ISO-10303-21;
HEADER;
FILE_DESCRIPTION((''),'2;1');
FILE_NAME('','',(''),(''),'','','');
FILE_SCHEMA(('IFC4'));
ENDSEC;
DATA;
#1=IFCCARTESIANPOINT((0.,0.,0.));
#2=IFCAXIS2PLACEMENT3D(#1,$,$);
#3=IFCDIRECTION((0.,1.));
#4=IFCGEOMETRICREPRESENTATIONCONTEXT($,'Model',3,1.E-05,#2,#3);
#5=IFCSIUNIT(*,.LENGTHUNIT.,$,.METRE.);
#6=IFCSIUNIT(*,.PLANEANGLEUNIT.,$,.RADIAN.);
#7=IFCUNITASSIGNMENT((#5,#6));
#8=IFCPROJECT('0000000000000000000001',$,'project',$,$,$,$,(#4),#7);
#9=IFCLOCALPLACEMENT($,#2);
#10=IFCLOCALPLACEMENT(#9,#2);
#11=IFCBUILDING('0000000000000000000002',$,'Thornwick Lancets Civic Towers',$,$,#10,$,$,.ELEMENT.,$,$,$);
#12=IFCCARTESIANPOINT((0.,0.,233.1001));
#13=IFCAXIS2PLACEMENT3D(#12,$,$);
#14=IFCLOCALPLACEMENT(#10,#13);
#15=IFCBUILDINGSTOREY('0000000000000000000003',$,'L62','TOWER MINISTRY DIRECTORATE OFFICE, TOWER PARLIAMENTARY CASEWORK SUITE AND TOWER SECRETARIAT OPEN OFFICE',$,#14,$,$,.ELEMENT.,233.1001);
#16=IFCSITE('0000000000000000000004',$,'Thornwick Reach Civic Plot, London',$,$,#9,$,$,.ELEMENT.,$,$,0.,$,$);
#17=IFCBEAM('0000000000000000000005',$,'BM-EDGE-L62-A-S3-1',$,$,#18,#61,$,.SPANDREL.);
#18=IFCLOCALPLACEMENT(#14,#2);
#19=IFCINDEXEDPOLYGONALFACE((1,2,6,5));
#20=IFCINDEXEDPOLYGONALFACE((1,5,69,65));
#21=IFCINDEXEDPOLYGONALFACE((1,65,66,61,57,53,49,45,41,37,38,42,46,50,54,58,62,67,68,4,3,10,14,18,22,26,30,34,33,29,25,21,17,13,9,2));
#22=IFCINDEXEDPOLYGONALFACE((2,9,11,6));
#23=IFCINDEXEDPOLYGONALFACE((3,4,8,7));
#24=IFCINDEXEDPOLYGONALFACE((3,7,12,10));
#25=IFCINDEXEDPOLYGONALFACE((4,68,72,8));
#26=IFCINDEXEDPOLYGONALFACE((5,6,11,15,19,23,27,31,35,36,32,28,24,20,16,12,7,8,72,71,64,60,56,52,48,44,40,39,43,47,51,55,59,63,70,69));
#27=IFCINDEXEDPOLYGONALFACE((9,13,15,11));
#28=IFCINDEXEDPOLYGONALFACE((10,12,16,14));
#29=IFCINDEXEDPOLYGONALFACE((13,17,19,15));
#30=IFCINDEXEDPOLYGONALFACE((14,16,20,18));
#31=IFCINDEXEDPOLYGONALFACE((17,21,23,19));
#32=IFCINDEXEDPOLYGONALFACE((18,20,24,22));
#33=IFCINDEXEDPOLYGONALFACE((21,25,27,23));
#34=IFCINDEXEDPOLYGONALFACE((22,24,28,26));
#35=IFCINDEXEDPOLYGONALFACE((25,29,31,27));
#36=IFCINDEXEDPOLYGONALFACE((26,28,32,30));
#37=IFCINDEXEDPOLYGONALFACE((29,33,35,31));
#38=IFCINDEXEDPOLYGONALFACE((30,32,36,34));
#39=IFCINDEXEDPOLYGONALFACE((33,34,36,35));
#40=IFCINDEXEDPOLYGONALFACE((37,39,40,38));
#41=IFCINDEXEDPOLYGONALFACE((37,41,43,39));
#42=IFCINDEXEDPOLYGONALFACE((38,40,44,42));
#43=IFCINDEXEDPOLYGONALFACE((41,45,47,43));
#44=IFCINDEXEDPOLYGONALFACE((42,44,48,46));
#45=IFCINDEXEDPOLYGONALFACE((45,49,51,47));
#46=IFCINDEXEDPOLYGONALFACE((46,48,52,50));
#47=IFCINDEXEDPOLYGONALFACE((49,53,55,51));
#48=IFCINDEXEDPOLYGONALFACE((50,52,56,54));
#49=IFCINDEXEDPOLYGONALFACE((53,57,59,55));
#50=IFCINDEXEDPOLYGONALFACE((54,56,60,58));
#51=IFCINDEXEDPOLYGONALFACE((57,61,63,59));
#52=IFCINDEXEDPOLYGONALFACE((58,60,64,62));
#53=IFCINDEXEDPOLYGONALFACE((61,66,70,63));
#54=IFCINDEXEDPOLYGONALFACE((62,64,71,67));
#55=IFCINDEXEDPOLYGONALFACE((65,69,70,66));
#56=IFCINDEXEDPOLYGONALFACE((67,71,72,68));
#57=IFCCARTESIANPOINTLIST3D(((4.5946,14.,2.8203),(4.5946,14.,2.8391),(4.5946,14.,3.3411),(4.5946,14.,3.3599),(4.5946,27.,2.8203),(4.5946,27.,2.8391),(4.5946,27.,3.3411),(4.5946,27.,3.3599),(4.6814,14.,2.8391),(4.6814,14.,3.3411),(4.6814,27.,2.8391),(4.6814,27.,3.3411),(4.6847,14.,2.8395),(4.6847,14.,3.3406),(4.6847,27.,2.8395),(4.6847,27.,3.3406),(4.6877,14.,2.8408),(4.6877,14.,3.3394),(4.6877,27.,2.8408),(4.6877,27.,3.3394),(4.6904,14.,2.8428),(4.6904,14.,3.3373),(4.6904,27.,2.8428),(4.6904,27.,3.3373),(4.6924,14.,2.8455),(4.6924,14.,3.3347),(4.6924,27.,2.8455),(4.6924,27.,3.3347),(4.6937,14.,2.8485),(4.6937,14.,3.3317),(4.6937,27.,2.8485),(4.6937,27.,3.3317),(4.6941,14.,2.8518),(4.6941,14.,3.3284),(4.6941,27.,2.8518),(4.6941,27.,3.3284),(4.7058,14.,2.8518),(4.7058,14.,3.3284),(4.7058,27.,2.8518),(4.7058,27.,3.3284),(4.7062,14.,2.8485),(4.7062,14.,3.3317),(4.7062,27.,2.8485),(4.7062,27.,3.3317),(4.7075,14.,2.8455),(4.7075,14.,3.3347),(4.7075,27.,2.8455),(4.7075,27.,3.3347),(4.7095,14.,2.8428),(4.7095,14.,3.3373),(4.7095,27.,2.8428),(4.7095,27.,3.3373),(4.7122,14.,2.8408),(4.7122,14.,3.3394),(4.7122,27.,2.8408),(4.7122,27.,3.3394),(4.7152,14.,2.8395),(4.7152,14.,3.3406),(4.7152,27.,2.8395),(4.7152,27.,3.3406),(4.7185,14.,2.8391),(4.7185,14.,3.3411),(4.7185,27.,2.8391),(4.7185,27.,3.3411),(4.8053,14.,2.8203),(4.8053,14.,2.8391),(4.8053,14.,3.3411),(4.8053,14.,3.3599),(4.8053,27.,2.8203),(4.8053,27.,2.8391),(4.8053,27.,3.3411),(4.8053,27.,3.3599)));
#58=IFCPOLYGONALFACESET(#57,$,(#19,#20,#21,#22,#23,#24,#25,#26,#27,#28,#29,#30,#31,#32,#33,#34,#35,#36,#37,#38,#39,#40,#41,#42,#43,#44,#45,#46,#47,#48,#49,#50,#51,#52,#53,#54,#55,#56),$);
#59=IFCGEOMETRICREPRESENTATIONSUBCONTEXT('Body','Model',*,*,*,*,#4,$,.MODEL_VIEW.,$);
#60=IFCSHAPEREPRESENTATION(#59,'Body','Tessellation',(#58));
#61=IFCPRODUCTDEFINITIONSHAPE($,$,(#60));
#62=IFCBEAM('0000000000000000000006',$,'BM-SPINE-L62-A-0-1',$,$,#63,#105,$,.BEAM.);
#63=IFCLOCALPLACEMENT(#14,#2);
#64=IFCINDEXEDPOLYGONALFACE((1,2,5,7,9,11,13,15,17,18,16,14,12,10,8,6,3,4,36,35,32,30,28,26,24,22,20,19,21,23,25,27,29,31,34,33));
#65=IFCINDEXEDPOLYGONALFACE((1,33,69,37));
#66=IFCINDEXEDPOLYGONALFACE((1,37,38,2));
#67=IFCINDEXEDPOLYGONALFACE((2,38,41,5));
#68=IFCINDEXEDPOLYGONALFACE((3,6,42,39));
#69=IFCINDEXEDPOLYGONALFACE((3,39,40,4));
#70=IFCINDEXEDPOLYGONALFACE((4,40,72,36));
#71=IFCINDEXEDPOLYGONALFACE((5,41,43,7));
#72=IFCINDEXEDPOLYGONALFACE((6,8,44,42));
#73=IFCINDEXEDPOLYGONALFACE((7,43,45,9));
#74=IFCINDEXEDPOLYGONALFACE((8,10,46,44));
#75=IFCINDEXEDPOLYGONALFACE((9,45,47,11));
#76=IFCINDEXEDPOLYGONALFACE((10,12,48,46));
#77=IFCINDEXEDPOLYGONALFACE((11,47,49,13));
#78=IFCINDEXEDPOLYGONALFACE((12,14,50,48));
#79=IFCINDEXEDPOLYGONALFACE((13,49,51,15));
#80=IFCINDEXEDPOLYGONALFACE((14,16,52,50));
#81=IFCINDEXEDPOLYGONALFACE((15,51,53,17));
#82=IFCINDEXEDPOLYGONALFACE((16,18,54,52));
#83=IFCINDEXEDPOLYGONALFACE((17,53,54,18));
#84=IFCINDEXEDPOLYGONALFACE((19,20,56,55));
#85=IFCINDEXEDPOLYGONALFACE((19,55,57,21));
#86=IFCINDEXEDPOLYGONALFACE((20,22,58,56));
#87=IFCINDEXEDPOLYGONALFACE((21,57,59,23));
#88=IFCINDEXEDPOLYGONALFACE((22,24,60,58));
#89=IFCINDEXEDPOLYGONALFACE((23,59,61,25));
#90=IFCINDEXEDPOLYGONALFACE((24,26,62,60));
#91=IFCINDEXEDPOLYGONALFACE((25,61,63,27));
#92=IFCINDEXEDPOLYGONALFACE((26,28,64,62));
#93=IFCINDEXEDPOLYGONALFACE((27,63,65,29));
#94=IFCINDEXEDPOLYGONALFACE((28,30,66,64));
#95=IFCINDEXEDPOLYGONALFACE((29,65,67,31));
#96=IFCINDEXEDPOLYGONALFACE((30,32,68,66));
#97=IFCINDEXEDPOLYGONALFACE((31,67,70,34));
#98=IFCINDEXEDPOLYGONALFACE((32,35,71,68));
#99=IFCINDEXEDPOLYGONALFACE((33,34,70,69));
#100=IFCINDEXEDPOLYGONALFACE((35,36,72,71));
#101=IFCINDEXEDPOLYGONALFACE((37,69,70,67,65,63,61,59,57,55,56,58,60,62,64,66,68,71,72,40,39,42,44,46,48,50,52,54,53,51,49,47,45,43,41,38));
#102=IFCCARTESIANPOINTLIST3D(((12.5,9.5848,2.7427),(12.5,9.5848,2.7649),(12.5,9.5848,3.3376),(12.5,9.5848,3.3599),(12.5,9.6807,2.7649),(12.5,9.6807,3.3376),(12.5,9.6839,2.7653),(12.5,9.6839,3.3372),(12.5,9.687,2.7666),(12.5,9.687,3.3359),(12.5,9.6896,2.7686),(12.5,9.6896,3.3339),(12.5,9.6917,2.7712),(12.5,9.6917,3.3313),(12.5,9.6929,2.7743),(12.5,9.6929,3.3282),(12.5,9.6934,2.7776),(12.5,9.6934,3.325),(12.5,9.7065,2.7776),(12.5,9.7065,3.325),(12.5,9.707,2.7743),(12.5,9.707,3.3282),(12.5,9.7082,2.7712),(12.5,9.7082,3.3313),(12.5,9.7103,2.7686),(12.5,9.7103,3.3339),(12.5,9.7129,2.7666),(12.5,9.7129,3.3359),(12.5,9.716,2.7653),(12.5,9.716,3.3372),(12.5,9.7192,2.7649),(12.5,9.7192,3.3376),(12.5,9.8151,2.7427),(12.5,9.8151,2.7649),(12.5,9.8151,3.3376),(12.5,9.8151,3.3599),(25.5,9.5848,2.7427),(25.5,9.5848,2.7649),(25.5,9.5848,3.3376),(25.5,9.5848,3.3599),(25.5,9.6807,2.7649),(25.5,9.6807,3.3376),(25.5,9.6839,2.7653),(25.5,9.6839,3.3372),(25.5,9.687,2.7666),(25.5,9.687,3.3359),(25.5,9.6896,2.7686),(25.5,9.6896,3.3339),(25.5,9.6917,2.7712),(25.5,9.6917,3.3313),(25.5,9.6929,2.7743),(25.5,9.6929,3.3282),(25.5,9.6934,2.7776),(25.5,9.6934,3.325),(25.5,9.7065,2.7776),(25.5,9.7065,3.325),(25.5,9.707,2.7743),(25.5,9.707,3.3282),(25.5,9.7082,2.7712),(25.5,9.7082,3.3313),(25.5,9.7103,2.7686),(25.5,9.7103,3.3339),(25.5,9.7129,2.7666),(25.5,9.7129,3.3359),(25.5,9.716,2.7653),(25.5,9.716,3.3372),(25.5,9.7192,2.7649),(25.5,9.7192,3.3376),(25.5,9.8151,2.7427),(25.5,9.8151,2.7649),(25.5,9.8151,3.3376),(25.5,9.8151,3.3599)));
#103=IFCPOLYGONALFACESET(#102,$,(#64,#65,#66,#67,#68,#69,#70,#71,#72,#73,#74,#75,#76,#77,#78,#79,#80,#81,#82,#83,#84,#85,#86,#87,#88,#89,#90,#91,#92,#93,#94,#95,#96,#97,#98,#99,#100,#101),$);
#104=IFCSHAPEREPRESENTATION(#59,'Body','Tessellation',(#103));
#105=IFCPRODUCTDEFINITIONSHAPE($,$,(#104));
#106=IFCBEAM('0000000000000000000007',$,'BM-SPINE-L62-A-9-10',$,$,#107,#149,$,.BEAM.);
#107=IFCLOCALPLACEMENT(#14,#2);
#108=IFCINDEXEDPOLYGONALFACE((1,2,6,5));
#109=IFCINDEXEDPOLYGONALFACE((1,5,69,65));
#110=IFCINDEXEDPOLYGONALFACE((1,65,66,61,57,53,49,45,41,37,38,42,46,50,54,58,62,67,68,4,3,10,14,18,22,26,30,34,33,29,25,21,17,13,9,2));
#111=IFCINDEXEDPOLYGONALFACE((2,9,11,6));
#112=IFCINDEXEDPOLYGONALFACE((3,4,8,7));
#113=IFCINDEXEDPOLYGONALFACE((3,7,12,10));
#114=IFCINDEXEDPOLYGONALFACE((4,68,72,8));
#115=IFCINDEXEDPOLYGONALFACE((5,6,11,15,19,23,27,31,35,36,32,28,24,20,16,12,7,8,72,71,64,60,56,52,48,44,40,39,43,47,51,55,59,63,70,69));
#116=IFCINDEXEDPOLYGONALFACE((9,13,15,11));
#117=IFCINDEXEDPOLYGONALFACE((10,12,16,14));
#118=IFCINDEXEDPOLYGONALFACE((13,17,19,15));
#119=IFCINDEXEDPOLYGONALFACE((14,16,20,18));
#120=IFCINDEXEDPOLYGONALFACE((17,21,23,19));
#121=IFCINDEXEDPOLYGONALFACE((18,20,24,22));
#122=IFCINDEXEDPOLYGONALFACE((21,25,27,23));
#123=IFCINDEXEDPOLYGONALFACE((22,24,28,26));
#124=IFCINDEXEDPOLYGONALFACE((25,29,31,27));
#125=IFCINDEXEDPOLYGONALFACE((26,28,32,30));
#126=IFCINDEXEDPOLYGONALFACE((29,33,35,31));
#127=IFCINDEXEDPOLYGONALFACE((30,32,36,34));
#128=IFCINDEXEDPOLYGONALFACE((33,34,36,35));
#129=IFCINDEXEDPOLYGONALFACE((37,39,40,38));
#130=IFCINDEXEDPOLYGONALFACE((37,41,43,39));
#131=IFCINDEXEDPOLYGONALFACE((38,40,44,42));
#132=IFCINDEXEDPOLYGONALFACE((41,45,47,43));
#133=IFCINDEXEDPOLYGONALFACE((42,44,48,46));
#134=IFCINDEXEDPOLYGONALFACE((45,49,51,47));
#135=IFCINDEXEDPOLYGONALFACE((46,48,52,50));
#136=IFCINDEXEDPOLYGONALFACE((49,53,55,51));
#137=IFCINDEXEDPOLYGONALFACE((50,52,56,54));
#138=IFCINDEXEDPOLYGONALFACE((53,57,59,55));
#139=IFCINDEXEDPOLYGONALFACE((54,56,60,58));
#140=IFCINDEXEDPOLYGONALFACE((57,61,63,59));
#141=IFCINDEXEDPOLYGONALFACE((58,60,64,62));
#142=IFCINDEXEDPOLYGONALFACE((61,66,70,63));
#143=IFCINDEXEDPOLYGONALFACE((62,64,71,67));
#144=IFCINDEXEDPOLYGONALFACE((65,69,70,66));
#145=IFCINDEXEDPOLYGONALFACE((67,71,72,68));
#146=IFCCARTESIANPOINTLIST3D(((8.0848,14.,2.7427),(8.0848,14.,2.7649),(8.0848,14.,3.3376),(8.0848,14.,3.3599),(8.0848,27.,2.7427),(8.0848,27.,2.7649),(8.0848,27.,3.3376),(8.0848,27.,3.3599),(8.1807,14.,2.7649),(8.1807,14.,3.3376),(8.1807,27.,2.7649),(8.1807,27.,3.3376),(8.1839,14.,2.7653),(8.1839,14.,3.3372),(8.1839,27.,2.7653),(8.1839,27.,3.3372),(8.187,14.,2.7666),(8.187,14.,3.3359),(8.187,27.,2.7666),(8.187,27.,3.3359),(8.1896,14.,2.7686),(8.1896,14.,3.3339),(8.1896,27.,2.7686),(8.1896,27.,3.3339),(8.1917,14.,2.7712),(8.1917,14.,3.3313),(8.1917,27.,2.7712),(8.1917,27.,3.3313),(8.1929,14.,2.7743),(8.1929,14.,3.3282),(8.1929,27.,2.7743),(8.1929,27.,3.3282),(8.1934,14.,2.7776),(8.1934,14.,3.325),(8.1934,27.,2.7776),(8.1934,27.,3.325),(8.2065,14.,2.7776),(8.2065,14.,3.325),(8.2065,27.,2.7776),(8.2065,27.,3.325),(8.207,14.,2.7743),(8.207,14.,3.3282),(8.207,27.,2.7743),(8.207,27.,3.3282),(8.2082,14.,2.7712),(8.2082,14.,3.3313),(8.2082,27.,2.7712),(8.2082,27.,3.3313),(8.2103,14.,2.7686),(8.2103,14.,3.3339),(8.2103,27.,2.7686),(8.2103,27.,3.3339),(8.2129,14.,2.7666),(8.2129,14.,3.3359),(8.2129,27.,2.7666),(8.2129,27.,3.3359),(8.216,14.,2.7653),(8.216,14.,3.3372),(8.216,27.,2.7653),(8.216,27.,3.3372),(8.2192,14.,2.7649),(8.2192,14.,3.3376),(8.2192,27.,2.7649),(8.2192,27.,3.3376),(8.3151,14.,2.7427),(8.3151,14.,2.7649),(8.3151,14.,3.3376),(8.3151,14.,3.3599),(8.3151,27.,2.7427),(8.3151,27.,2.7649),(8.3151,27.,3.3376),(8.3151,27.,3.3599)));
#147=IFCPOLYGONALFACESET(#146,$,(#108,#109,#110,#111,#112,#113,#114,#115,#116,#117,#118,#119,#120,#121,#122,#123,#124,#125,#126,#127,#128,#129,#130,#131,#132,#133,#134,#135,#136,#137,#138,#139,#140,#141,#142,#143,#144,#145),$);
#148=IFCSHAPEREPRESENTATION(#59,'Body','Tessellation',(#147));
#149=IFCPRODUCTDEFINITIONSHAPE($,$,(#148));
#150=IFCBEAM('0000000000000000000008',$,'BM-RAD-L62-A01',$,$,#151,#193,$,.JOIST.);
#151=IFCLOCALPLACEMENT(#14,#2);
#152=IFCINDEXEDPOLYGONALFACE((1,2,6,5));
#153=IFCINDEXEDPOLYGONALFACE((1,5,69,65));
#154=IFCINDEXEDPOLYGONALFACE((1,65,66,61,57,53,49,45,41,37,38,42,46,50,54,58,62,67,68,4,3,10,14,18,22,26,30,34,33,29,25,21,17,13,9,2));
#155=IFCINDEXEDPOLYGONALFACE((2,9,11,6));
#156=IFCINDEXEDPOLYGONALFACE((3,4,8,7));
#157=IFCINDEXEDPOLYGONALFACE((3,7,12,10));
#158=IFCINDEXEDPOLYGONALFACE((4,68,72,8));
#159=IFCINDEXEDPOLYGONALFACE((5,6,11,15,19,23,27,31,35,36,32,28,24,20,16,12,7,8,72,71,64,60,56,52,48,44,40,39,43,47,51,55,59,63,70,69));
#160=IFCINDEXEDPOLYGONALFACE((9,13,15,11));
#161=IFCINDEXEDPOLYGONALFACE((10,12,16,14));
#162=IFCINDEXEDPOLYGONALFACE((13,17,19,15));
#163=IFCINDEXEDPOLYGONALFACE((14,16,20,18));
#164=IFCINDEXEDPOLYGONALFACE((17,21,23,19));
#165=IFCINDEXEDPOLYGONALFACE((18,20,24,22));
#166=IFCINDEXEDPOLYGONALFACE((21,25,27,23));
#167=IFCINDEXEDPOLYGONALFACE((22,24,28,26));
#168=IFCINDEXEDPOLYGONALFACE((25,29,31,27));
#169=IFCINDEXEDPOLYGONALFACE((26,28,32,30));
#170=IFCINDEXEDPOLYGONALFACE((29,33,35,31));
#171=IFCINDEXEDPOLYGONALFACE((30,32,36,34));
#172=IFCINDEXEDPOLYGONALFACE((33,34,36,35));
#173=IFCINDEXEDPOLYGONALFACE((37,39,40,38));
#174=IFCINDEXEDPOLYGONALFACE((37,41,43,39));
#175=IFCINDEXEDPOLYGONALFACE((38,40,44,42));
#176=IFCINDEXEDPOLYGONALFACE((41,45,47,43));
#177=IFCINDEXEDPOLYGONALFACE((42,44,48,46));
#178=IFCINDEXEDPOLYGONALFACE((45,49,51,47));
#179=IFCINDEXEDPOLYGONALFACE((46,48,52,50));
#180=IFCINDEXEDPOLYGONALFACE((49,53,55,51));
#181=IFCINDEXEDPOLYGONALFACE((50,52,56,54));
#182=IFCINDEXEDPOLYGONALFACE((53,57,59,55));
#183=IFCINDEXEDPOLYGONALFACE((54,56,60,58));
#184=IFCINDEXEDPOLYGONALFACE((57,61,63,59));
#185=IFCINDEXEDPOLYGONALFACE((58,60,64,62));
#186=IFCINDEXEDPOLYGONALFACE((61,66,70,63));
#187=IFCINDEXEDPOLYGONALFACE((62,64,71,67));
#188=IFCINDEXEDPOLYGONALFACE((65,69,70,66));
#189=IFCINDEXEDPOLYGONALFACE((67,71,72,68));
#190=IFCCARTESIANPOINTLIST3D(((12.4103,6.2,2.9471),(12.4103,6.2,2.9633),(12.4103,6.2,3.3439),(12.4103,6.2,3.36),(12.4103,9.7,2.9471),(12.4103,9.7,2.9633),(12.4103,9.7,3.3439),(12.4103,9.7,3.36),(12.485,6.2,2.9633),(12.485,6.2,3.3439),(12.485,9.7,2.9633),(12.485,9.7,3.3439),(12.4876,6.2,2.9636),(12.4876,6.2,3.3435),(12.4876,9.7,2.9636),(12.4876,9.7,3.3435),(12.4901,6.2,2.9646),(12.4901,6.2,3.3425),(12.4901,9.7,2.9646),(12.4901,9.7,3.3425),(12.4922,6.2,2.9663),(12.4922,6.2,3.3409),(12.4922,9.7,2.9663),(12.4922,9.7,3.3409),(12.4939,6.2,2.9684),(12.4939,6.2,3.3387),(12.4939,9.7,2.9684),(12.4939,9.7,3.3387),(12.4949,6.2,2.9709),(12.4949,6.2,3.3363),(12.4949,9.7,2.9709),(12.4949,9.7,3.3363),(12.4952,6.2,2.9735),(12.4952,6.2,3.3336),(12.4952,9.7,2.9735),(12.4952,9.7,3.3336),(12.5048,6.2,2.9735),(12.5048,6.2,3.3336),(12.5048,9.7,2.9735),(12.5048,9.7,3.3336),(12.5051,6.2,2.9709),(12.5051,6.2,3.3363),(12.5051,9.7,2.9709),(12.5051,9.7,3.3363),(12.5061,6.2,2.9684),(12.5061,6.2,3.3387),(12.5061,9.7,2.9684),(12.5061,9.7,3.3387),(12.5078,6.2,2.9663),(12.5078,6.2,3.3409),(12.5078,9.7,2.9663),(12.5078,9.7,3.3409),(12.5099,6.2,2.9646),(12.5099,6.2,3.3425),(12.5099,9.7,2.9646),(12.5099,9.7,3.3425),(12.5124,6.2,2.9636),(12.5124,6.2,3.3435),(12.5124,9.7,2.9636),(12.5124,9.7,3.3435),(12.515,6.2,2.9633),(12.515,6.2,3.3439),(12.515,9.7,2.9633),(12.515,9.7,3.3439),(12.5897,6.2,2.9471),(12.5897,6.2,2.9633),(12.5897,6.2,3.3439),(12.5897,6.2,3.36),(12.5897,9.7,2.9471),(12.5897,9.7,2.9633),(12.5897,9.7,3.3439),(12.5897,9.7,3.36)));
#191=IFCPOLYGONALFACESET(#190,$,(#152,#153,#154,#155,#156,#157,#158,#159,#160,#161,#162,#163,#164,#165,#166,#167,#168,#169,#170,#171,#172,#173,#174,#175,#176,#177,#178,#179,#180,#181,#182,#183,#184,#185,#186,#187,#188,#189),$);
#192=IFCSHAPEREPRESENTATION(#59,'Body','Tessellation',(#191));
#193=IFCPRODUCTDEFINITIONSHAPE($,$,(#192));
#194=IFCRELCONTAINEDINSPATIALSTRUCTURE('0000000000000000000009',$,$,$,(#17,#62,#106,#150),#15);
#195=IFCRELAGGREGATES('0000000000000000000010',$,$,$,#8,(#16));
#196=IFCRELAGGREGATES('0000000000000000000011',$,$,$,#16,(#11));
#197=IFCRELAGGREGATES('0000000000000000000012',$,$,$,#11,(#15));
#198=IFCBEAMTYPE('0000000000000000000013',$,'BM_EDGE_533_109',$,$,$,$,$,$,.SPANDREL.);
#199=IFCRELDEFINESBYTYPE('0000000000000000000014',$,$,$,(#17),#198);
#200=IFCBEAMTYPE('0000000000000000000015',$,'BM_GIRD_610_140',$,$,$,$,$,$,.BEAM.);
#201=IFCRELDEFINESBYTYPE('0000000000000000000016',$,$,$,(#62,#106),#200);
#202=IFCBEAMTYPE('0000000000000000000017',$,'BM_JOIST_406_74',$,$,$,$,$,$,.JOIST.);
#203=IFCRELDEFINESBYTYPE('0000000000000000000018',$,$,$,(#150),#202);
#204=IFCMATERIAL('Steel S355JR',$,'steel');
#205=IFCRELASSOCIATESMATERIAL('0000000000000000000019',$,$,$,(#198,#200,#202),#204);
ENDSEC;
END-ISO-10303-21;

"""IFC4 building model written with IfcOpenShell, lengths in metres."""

from ifc_helpers import new_model, si_unit, direction, frame, origin, origin_2d, place, context, subcontext, project, spatial, i_section, extrude, material, material_profile, profile_set, type_object, element, save


model = new_model("IFC4")

# Units and contexts
model_context = context("Model", 3, precision=1e-05, world=origin(), true_north=direction((0.0, 1.0)))
body_context = subcontext(model_context, "Body", "Model", "MODEL_VIEW")
ifc_project = project(units=[si_unit("LENGTHUNIT", "METRE"), si_unit("PLANEANGLEUNIT", "RADIAN")], contexts=[model_context])

# Site, building, storey
site_placement = place(None, origin())
site = spatial("IfcSite", under=ifc_project, at=site_placement, Name="Thornwick Reach Civic Plot, London", CompositionType="ELEMENT", RefElevation=0.0)
building_placement = place(site_placement, origin())
building = spatial("IfcBuilding", under=site, at=building_placement, Name="Thornwick Lancets Civic Towers", CompositionType="ELEMENT")
storey_placement = place(building_placement, frame((0.0, 0.0, 233.1001)))
storey = spatial("IfcBuildingStorey", under=building, at=storey_placement, Name="L62", Description="TOWER MINISTRY DIRECTORATE OFFICE, TOWER PARLIAMENTARY CASEWORK SUITE AND TOWER SECRETARIAT OPEN OFFICE", CompositionType="ELEMENT", Elevation=233.1001)

# Shared definitions
ifc_material_1 = material(Name="Steel S355JR", Category="steel")

# Beams
ifc_material_profile_1 = material_profile(ifc_material_1, i_section(OverallWidth=0.2107, OverallDepth=0.5396, WebThickness=0.0117, FlangeThickness=0.0188, FilletRadius=0.0127, at=origin_2d()), Name="UKB 533x210x109")
ifc_profile_set_1 = profile_set([ifc_material_profile_1], Name="Steel S355JR")
beam_type_1 = type_object("IfcBeamType", Name="BM_EDGE_533_109", PredefinedType="SPANDREL", material=ifc_profile_set_1)
for number, where, z_axis, x_axis, name in (
    (1, (4.7, 14.0, 3.0901), (0.0, 1.0, 0.0), (-1.0, 0.0, 0.0), "BM-EDGE-L62-A-S3-1"),
):
    element("IfcBeam", number, at=place(storey_placement, frame(where, z_axis=z_axis, x_axis=x_axis)), inside=storey, type_object=beam_type_1, Name=name, PredefinedType="SPANDREL", context=body_context, shape_type="SweptSolid", body=[
        extrude(i_section(OverallWidth=0.2107, OverallDepth=0.5396, WebThickness=0.0117, FlangeThickness=0.0188, FilletRadius=0.0127, at=origin_2d()), origin(), (0.0, 0.0, 1.0), 13.0),
    ])
ifc_material_profile_2 = material_profile(ifc_material_1, i_section(OverallWidth=0.2302, OverallDepth=0.6172, WebThickness=0.0132, FlangeThickness=0.0222, FilletRadius=0.0127, at=origin_2d()), Name="UKB 610x229x140")
ifc_profile_set_2 = profile_set([ifc_material_profile_2], Name="Steel S355JR")
beam_type_2 = type_object("IfcBeamType", Name="BM_GIRD_610_140", PredefinedType="BEAM", material=ifc_profile_set_2)
for number, where, z_axis, x_axis, name in (
    (2, (12.5, 9.7, 3.0513), (1.0, 0.0, 0.0), (0.0, 1.0, 0.0), "BM-SPINE-L62-A-0-1"),
    (3, (8.2, 14.0, 3.0513), (0.0, 1.0, 0.0), (-1.0, 0.0, 0.0), "BM-SPINE-L62-A-9-10"),
):
    element("IfcBeam", number, at=place(storey_placement, frame(where, z_axis=z_axis, x_axis=x_axis)), inside=storey, type_object=beam_type_2, Name=name, PredefinedType="BEAM", context=body_context, shape_type="SweptSolid", body=[
        extrude(i_section(OverallWidth=0.2302, OverallDepth=0.6172, WebThickness=0.0132, FlangeThickness=0.0222, FilletRadius=0.0127, at=origin_2d()), origin(), (0.0, 0.0, 1.0), 13.0),
    ])
ifc_material_profile_3 = material_profile(ifc_material_1, i_section(OverallWidth=0.1794, OverallDepth=0.4128, WebThickness=0.0095, FlangeThickness=0.0161, FilletRadius=0.0103, at=origin_2d()), Name="UKB 406x178x74")
ifc_profile_set_3 = profile_set([ifc_material_profile_3], Name="Steel S355JR")
beam_type_3 = type_object("IfcBeamType", Name="BM_JOIST_406_74", PredefinedType="JOIST", material=ifc_profile_set_3)
for number, where, z_axis, x_axis, name in (
    (4, (12.5, 9.7, 3.1536), (0.0, -1.0, 0.0), (1.0, 0.0, 0.0), "BM-RAD-L62-A01"),
):
    element("IfcBeam", number, at=place(storey_placement, frame(where, z_axis=z_axis, x_axis=x_axis)), inside=storey, type_object=beam_type_3, Name=name, PredefinedType="JOIST", context=body_context, shape_type="SweptSolid", body=[
        extrude(i_section(OverallWidth=0.1794, OverallDepth=0.4128, WebThickness=0.0095, FlangeThickness=0.0161, FilletRadius=0.0103, at=origin_2d()), origin(), (0.0, 0.0, 1.0), 3.5),
    ])

save(model, "model.ifc")
